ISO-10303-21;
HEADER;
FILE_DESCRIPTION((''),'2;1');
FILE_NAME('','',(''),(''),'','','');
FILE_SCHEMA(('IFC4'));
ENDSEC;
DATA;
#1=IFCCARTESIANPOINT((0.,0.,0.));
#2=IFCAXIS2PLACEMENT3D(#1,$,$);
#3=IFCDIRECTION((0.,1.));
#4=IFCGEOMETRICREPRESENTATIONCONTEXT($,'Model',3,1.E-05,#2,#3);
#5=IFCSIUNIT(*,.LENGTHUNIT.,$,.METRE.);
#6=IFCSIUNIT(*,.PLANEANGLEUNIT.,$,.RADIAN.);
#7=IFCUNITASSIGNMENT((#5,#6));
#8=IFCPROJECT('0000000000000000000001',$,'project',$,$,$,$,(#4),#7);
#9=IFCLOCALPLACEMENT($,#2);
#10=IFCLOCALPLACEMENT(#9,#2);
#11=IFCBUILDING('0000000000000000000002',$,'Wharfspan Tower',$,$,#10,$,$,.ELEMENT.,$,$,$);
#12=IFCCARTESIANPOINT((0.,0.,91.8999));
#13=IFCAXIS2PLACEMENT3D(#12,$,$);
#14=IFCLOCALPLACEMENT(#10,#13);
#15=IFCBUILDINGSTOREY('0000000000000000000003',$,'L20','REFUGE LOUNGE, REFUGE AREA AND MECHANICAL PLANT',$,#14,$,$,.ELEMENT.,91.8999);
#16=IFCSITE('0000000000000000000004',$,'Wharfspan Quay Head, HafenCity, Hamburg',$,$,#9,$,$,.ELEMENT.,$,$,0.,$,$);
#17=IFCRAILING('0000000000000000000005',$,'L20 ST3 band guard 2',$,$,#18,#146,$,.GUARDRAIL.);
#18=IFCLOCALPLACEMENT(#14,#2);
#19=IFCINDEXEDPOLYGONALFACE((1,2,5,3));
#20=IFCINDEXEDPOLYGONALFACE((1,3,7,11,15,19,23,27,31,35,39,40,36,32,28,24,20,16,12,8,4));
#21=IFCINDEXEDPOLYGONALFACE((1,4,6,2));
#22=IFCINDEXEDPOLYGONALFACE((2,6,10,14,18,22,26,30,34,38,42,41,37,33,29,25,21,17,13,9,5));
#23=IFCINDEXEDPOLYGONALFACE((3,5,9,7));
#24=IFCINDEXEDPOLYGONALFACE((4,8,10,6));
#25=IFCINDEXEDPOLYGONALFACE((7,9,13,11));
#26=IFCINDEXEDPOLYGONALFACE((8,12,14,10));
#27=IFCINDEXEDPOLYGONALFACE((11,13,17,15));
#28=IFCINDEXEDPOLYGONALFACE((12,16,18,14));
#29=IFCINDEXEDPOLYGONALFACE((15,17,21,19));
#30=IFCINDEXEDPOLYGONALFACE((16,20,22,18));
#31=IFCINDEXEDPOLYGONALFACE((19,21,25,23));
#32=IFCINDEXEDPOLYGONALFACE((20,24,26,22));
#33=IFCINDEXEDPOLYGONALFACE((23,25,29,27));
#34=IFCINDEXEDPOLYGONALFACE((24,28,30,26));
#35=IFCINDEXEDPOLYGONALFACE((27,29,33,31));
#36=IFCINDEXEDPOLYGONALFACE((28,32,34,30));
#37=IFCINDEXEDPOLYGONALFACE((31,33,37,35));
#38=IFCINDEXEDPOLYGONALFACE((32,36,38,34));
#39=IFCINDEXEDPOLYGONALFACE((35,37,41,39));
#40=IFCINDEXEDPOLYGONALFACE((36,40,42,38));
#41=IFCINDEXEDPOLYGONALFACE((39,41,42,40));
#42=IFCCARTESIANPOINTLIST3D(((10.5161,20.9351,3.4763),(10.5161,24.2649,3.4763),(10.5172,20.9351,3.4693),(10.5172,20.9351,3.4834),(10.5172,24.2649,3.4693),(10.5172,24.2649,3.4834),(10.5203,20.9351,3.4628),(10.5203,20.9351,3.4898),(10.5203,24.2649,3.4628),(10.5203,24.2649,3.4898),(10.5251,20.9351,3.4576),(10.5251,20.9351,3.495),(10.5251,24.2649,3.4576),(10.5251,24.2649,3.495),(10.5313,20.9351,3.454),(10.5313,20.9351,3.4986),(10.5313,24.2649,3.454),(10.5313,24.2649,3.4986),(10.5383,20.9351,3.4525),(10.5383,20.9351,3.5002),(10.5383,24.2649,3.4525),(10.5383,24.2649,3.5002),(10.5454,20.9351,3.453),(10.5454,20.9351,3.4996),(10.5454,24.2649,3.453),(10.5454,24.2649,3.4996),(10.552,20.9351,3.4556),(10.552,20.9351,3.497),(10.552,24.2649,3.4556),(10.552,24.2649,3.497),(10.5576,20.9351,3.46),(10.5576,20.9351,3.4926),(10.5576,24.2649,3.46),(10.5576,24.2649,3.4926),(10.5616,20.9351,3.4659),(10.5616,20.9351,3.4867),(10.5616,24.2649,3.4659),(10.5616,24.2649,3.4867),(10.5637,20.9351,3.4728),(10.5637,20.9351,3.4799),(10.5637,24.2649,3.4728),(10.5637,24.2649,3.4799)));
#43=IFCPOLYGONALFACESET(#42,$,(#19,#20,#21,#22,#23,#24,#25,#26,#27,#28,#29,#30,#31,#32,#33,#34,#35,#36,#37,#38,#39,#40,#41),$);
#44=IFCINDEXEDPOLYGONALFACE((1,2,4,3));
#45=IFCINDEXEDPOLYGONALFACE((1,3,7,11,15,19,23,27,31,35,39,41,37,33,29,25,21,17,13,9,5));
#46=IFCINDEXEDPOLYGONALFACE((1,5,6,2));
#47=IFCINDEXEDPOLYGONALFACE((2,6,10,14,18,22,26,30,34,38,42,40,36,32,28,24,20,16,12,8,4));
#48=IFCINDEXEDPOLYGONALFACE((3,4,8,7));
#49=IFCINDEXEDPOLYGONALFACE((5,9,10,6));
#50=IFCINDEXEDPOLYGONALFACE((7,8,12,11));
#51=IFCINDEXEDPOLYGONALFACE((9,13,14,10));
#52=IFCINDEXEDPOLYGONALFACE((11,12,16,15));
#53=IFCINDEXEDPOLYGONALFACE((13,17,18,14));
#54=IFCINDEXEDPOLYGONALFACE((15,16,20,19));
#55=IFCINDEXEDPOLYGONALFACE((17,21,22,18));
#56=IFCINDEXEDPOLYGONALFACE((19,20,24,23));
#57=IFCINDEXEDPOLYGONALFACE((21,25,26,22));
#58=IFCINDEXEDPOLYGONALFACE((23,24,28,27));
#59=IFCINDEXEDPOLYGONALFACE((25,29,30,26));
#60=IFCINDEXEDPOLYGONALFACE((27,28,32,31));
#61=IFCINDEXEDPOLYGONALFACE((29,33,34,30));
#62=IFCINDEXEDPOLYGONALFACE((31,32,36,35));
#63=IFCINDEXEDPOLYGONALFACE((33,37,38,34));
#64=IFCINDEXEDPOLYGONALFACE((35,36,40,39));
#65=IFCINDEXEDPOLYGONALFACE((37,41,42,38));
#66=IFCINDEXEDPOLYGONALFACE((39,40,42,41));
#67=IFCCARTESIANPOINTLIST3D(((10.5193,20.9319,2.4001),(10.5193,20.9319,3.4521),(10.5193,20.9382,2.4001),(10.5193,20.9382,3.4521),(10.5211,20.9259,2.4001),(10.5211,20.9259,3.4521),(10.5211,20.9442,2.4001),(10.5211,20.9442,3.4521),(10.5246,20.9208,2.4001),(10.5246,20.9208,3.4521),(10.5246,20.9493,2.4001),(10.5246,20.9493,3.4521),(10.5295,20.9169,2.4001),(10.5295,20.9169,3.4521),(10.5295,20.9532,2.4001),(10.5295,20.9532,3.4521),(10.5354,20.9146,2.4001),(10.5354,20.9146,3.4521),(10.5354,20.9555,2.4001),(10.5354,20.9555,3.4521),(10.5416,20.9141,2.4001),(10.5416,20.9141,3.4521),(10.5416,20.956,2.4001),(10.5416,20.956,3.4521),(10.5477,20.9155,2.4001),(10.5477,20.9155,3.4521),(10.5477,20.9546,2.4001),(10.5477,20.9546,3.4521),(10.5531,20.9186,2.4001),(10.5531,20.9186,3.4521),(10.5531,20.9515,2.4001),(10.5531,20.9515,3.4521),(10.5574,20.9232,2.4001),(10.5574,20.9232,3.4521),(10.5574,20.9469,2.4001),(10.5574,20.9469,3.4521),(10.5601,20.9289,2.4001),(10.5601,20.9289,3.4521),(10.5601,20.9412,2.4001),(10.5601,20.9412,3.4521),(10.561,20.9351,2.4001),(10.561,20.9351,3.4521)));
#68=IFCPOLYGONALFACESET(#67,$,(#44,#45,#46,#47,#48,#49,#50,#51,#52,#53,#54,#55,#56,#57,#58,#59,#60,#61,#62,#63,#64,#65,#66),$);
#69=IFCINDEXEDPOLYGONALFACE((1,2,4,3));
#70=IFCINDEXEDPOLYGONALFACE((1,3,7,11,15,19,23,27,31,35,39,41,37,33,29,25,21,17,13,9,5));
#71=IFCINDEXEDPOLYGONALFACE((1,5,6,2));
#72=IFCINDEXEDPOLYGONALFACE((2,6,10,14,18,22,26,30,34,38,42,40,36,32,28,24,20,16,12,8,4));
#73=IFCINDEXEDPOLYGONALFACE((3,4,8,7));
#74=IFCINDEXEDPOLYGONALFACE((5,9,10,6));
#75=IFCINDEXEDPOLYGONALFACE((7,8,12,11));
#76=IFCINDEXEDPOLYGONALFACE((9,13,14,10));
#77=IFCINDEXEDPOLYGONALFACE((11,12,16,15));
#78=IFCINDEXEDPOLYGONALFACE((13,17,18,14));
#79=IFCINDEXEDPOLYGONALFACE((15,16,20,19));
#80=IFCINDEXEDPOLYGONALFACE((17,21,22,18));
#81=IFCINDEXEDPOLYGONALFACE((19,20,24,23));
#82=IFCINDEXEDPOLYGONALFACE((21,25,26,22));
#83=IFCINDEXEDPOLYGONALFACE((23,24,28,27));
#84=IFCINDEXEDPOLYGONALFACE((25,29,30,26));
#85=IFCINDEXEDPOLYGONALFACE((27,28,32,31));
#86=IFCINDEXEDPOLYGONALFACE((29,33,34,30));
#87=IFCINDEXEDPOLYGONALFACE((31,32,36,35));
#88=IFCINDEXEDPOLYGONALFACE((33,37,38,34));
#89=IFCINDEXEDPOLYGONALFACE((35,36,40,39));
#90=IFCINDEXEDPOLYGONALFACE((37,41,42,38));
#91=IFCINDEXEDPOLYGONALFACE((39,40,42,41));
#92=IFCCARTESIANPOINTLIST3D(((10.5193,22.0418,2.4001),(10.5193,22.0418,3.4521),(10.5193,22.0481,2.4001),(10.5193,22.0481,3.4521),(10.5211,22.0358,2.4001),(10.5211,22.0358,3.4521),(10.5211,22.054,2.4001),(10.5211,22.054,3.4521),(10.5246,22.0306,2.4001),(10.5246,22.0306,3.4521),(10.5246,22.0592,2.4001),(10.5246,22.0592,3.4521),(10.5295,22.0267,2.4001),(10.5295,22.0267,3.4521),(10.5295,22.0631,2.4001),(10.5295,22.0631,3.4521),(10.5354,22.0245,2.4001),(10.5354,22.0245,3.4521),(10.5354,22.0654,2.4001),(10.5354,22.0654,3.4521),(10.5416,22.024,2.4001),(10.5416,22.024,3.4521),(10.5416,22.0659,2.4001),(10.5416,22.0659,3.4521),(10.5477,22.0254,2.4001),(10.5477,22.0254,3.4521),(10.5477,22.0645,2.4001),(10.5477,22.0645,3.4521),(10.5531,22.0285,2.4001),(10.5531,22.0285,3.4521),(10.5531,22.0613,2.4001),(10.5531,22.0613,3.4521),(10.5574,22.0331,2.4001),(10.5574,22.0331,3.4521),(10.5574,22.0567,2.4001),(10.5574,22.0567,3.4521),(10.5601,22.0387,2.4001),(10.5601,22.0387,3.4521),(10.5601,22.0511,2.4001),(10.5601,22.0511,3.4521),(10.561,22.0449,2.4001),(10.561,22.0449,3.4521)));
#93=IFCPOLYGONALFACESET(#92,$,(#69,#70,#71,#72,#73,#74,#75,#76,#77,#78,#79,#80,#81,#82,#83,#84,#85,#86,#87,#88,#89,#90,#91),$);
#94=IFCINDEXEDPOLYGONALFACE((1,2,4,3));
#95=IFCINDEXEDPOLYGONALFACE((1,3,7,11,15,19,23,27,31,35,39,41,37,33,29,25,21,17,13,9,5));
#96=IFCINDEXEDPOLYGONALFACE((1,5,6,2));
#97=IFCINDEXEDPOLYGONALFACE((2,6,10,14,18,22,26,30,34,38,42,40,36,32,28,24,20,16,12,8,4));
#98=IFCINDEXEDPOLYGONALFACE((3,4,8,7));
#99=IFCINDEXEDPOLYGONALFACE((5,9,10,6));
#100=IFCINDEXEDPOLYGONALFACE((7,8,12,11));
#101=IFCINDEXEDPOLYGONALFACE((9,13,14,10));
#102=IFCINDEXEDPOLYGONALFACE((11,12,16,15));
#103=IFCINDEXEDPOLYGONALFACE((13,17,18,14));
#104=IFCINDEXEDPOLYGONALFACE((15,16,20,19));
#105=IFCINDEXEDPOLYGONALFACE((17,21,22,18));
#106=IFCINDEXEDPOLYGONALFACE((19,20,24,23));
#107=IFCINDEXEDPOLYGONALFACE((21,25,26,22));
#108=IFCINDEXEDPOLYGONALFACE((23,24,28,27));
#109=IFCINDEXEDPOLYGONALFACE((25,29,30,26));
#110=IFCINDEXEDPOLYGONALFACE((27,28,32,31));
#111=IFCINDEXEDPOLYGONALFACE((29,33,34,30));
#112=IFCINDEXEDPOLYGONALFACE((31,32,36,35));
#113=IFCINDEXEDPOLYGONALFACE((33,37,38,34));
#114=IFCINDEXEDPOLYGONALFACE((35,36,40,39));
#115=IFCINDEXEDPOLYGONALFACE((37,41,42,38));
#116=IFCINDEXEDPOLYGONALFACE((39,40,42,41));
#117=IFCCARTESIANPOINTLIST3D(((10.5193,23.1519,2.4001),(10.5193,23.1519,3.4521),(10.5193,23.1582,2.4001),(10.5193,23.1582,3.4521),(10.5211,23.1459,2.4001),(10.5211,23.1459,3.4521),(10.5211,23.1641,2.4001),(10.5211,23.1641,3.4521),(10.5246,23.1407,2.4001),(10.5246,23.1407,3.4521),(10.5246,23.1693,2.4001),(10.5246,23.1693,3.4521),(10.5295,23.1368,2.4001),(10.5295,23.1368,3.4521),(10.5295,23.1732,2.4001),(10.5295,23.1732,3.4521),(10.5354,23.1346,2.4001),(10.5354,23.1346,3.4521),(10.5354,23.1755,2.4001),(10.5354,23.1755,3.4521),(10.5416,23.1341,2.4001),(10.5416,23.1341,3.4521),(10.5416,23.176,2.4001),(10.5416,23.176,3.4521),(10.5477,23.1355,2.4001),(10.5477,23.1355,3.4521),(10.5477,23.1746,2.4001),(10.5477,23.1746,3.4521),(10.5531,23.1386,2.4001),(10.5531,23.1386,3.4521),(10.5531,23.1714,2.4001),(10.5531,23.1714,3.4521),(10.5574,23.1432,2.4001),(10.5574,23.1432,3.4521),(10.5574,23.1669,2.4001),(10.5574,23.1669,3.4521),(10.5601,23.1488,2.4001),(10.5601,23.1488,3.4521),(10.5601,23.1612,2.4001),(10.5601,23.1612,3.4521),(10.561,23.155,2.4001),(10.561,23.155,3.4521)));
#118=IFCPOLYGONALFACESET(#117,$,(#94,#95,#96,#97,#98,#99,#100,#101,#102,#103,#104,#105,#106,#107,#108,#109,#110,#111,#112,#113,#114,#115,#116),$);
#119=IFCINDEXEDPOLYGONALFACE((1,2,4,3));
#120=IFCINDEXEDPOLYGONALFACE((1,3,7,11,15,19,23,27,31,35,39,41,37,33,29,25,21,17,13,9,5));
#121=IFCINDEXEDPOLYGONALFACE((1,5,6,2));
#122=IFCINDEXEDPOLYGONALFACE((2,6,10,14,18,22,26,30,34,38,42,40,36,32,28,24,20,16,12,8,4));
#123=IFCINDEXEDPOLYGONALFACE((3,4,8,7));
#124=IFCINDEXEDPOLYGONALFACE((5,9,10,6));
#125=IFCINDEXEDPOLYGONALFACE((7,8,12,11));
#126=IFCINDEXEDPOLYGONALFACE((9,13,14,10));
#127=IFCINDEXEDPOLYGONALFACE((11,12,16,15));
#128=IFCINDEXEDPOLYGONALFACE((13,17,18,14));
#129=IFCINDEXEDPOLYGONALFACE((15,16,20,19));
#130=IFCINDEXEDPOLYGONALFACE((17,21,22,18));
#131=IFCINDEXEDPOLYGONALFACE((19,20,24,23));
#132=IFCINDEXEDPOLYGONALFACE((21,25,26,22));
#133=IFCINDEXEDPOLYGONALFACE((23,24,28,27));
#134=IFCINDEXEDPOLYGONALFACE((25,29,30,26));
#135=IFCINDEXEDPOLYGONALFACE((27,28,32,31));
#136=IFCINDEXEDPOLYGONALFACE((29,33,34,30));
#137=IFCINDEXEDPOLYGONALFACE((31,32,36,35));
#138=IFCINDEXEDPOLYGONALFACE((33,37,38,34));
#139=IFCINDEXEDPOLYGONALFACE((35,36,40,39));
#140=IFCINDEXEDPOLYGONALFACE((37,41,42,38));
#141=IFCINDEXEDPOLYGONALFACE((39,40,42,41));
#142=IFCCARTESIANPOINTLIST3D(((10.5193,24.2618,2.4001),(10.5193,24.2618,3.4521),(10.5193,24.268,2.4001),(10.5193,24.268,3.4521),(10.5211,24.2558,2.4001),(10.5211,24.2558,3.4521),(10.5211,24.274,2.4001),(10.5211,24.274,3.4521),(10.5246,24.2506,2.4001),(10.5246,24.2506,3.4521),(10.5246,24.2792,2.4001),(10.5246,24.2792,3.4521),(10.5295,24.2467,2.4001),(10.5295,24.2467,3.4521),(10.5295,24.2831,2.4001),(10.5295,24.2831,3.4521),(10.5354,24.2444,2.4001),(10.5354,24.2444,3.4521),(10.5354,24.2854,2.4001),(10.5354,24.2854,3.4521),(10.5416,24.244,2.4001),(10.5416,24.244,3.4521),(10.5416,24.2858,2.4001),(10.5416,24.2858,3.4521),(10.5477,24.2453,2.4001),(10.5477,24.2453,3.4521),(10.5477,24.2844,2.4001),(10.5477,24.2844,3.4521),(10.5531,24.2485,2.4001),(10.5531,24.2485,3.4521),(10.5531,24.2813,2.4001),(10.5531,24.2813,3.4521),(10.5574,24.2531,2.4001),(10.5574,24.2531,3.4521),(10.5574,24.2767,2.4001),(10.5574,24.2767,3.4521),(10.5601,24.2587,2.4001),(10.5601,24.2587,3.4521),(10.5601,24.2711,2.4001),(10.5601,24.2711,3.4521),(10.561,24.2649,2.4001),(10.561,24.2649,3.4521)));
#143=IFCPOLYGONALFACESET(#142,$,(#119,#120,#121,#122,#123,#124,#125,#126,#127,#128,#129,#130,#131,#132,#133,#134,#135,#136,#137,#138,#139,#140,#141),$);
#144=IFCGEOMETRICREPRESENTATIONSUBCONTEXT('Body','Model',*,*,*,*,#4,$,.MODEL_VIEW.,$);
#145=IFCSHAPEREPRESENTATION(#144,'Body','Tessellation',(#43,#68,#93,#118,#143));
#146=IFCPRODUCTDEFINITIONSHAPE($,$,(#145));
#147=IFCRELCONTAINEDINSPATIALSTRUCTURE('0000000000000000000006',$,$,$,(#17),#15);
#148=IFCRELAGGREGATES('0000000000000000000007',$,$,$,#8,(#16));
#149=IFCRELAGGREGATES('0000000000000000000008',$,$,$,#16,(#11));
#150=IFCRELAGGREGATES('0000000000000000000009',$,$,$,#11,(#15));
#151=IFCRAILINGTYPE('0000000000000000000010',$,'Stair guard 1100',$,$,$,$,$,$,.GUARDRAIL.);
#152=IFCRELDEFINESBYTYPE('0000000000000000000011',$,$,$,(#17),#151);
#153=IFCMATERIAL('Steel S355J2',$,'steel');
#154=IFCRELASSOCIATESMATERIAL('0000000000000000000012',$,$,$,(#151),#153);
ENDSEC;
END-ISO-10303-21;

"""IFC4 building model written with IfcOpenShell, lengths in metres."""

from ifc_helpers import new_model, si_unit, direction, frame, origin, origin_2d, place, context, subcontext, project, spatial, circle, extrude, material, type_object, element, save


model = new_model("IFC4")

# Units and contexts
model_context = context("Model", 3, precision=1e-05, world=origin(), true_north=direction((0.0, 1.0)))
body_context = subcontext(model_context, "Body", "Model", "MODEL_VIEW")
ifc_project = project(units=[si_unit("LENGTHUNIT", "METRE"), si_unit("PLANEANGLEUNIT", "RADIAN")], contexts=[model_context])

# Site, building, storey
site_placement = place(None, origin())
site = spatial("IfcSite", under=ifc_project, at=site_placement, Name="Wharfspan Quay Head, HafenCity, Hamburg", CompositionType="ELEMENT", RefElevation=0.0)
building_placement = place(site_placement, origin())
building = spatial("IfcBuilding", under=site, at=building_placement, Name="Wharfspan Tower", CompositionType="ELEMENT")
storey_placement = place(building_placement, frame((0.0, 0.0, 91.8999)))
storey = spatial("IfcBuildingStorey", under=building, at=storey_placement, Name="L20", Description="REFUGE LOUNGE, REFUGE AREA AND MECHANICAL PLANT", CompositionType="ELEMENT", Elevation=91.8999)

# Shared definitions
ifc_material_1 = material(Name="Steel S355J2", Category="steel")

# Railing
railing_type_1 = type_object("IfcRailingType", Name="Stair guard 1100", PredefinedType="GUARDRAIL", material=ifc_material_1)
railing_1_placement = place(storey_placement, frame((10.54, 20.9351, 2.4001)))
element("IfcRailing", 1, at=railing_1_placement, inside=storey, type_object=railing_type_1, Name="L20 ST3 band guard 2", PredefinedType="GUARDRAIL", context=body_context, shape_type="SweptSolid", body=[
    extrude(circle(Radius=0.0239, at=origin_2d()), frame((0.0, 0.0, 1.0762), z_axis=(0.0, 1.0, 0.0), x_axis=(-1.0, 0.0, 0.0)), (0.0, 0.0, 1.0), 3.3298),
    extrude(circle(Radius=0.021, at=origin_2d()), origin(), (0.0, 0.0, 1.0), 1.052),
    extrude(circle(Radius=0.021, at=origin_2d()), frame((0.0, 1.1099, 0.0)), (0.0, 0.0, 1.0), 1.052),
    extrude(circle(Radius=0.021, at=origin_2d()), frame((0.0, 2.22, 0.0)), (0.0, 0.0, 1.0), 1.052),
    extrude(circle(Radius=0.021, at=origin_2d()), frame((0.0, 3.3298, 0.0)), (0.0, 0.0, 1.0), 1.052),
])

save(model, "model.ifc")
